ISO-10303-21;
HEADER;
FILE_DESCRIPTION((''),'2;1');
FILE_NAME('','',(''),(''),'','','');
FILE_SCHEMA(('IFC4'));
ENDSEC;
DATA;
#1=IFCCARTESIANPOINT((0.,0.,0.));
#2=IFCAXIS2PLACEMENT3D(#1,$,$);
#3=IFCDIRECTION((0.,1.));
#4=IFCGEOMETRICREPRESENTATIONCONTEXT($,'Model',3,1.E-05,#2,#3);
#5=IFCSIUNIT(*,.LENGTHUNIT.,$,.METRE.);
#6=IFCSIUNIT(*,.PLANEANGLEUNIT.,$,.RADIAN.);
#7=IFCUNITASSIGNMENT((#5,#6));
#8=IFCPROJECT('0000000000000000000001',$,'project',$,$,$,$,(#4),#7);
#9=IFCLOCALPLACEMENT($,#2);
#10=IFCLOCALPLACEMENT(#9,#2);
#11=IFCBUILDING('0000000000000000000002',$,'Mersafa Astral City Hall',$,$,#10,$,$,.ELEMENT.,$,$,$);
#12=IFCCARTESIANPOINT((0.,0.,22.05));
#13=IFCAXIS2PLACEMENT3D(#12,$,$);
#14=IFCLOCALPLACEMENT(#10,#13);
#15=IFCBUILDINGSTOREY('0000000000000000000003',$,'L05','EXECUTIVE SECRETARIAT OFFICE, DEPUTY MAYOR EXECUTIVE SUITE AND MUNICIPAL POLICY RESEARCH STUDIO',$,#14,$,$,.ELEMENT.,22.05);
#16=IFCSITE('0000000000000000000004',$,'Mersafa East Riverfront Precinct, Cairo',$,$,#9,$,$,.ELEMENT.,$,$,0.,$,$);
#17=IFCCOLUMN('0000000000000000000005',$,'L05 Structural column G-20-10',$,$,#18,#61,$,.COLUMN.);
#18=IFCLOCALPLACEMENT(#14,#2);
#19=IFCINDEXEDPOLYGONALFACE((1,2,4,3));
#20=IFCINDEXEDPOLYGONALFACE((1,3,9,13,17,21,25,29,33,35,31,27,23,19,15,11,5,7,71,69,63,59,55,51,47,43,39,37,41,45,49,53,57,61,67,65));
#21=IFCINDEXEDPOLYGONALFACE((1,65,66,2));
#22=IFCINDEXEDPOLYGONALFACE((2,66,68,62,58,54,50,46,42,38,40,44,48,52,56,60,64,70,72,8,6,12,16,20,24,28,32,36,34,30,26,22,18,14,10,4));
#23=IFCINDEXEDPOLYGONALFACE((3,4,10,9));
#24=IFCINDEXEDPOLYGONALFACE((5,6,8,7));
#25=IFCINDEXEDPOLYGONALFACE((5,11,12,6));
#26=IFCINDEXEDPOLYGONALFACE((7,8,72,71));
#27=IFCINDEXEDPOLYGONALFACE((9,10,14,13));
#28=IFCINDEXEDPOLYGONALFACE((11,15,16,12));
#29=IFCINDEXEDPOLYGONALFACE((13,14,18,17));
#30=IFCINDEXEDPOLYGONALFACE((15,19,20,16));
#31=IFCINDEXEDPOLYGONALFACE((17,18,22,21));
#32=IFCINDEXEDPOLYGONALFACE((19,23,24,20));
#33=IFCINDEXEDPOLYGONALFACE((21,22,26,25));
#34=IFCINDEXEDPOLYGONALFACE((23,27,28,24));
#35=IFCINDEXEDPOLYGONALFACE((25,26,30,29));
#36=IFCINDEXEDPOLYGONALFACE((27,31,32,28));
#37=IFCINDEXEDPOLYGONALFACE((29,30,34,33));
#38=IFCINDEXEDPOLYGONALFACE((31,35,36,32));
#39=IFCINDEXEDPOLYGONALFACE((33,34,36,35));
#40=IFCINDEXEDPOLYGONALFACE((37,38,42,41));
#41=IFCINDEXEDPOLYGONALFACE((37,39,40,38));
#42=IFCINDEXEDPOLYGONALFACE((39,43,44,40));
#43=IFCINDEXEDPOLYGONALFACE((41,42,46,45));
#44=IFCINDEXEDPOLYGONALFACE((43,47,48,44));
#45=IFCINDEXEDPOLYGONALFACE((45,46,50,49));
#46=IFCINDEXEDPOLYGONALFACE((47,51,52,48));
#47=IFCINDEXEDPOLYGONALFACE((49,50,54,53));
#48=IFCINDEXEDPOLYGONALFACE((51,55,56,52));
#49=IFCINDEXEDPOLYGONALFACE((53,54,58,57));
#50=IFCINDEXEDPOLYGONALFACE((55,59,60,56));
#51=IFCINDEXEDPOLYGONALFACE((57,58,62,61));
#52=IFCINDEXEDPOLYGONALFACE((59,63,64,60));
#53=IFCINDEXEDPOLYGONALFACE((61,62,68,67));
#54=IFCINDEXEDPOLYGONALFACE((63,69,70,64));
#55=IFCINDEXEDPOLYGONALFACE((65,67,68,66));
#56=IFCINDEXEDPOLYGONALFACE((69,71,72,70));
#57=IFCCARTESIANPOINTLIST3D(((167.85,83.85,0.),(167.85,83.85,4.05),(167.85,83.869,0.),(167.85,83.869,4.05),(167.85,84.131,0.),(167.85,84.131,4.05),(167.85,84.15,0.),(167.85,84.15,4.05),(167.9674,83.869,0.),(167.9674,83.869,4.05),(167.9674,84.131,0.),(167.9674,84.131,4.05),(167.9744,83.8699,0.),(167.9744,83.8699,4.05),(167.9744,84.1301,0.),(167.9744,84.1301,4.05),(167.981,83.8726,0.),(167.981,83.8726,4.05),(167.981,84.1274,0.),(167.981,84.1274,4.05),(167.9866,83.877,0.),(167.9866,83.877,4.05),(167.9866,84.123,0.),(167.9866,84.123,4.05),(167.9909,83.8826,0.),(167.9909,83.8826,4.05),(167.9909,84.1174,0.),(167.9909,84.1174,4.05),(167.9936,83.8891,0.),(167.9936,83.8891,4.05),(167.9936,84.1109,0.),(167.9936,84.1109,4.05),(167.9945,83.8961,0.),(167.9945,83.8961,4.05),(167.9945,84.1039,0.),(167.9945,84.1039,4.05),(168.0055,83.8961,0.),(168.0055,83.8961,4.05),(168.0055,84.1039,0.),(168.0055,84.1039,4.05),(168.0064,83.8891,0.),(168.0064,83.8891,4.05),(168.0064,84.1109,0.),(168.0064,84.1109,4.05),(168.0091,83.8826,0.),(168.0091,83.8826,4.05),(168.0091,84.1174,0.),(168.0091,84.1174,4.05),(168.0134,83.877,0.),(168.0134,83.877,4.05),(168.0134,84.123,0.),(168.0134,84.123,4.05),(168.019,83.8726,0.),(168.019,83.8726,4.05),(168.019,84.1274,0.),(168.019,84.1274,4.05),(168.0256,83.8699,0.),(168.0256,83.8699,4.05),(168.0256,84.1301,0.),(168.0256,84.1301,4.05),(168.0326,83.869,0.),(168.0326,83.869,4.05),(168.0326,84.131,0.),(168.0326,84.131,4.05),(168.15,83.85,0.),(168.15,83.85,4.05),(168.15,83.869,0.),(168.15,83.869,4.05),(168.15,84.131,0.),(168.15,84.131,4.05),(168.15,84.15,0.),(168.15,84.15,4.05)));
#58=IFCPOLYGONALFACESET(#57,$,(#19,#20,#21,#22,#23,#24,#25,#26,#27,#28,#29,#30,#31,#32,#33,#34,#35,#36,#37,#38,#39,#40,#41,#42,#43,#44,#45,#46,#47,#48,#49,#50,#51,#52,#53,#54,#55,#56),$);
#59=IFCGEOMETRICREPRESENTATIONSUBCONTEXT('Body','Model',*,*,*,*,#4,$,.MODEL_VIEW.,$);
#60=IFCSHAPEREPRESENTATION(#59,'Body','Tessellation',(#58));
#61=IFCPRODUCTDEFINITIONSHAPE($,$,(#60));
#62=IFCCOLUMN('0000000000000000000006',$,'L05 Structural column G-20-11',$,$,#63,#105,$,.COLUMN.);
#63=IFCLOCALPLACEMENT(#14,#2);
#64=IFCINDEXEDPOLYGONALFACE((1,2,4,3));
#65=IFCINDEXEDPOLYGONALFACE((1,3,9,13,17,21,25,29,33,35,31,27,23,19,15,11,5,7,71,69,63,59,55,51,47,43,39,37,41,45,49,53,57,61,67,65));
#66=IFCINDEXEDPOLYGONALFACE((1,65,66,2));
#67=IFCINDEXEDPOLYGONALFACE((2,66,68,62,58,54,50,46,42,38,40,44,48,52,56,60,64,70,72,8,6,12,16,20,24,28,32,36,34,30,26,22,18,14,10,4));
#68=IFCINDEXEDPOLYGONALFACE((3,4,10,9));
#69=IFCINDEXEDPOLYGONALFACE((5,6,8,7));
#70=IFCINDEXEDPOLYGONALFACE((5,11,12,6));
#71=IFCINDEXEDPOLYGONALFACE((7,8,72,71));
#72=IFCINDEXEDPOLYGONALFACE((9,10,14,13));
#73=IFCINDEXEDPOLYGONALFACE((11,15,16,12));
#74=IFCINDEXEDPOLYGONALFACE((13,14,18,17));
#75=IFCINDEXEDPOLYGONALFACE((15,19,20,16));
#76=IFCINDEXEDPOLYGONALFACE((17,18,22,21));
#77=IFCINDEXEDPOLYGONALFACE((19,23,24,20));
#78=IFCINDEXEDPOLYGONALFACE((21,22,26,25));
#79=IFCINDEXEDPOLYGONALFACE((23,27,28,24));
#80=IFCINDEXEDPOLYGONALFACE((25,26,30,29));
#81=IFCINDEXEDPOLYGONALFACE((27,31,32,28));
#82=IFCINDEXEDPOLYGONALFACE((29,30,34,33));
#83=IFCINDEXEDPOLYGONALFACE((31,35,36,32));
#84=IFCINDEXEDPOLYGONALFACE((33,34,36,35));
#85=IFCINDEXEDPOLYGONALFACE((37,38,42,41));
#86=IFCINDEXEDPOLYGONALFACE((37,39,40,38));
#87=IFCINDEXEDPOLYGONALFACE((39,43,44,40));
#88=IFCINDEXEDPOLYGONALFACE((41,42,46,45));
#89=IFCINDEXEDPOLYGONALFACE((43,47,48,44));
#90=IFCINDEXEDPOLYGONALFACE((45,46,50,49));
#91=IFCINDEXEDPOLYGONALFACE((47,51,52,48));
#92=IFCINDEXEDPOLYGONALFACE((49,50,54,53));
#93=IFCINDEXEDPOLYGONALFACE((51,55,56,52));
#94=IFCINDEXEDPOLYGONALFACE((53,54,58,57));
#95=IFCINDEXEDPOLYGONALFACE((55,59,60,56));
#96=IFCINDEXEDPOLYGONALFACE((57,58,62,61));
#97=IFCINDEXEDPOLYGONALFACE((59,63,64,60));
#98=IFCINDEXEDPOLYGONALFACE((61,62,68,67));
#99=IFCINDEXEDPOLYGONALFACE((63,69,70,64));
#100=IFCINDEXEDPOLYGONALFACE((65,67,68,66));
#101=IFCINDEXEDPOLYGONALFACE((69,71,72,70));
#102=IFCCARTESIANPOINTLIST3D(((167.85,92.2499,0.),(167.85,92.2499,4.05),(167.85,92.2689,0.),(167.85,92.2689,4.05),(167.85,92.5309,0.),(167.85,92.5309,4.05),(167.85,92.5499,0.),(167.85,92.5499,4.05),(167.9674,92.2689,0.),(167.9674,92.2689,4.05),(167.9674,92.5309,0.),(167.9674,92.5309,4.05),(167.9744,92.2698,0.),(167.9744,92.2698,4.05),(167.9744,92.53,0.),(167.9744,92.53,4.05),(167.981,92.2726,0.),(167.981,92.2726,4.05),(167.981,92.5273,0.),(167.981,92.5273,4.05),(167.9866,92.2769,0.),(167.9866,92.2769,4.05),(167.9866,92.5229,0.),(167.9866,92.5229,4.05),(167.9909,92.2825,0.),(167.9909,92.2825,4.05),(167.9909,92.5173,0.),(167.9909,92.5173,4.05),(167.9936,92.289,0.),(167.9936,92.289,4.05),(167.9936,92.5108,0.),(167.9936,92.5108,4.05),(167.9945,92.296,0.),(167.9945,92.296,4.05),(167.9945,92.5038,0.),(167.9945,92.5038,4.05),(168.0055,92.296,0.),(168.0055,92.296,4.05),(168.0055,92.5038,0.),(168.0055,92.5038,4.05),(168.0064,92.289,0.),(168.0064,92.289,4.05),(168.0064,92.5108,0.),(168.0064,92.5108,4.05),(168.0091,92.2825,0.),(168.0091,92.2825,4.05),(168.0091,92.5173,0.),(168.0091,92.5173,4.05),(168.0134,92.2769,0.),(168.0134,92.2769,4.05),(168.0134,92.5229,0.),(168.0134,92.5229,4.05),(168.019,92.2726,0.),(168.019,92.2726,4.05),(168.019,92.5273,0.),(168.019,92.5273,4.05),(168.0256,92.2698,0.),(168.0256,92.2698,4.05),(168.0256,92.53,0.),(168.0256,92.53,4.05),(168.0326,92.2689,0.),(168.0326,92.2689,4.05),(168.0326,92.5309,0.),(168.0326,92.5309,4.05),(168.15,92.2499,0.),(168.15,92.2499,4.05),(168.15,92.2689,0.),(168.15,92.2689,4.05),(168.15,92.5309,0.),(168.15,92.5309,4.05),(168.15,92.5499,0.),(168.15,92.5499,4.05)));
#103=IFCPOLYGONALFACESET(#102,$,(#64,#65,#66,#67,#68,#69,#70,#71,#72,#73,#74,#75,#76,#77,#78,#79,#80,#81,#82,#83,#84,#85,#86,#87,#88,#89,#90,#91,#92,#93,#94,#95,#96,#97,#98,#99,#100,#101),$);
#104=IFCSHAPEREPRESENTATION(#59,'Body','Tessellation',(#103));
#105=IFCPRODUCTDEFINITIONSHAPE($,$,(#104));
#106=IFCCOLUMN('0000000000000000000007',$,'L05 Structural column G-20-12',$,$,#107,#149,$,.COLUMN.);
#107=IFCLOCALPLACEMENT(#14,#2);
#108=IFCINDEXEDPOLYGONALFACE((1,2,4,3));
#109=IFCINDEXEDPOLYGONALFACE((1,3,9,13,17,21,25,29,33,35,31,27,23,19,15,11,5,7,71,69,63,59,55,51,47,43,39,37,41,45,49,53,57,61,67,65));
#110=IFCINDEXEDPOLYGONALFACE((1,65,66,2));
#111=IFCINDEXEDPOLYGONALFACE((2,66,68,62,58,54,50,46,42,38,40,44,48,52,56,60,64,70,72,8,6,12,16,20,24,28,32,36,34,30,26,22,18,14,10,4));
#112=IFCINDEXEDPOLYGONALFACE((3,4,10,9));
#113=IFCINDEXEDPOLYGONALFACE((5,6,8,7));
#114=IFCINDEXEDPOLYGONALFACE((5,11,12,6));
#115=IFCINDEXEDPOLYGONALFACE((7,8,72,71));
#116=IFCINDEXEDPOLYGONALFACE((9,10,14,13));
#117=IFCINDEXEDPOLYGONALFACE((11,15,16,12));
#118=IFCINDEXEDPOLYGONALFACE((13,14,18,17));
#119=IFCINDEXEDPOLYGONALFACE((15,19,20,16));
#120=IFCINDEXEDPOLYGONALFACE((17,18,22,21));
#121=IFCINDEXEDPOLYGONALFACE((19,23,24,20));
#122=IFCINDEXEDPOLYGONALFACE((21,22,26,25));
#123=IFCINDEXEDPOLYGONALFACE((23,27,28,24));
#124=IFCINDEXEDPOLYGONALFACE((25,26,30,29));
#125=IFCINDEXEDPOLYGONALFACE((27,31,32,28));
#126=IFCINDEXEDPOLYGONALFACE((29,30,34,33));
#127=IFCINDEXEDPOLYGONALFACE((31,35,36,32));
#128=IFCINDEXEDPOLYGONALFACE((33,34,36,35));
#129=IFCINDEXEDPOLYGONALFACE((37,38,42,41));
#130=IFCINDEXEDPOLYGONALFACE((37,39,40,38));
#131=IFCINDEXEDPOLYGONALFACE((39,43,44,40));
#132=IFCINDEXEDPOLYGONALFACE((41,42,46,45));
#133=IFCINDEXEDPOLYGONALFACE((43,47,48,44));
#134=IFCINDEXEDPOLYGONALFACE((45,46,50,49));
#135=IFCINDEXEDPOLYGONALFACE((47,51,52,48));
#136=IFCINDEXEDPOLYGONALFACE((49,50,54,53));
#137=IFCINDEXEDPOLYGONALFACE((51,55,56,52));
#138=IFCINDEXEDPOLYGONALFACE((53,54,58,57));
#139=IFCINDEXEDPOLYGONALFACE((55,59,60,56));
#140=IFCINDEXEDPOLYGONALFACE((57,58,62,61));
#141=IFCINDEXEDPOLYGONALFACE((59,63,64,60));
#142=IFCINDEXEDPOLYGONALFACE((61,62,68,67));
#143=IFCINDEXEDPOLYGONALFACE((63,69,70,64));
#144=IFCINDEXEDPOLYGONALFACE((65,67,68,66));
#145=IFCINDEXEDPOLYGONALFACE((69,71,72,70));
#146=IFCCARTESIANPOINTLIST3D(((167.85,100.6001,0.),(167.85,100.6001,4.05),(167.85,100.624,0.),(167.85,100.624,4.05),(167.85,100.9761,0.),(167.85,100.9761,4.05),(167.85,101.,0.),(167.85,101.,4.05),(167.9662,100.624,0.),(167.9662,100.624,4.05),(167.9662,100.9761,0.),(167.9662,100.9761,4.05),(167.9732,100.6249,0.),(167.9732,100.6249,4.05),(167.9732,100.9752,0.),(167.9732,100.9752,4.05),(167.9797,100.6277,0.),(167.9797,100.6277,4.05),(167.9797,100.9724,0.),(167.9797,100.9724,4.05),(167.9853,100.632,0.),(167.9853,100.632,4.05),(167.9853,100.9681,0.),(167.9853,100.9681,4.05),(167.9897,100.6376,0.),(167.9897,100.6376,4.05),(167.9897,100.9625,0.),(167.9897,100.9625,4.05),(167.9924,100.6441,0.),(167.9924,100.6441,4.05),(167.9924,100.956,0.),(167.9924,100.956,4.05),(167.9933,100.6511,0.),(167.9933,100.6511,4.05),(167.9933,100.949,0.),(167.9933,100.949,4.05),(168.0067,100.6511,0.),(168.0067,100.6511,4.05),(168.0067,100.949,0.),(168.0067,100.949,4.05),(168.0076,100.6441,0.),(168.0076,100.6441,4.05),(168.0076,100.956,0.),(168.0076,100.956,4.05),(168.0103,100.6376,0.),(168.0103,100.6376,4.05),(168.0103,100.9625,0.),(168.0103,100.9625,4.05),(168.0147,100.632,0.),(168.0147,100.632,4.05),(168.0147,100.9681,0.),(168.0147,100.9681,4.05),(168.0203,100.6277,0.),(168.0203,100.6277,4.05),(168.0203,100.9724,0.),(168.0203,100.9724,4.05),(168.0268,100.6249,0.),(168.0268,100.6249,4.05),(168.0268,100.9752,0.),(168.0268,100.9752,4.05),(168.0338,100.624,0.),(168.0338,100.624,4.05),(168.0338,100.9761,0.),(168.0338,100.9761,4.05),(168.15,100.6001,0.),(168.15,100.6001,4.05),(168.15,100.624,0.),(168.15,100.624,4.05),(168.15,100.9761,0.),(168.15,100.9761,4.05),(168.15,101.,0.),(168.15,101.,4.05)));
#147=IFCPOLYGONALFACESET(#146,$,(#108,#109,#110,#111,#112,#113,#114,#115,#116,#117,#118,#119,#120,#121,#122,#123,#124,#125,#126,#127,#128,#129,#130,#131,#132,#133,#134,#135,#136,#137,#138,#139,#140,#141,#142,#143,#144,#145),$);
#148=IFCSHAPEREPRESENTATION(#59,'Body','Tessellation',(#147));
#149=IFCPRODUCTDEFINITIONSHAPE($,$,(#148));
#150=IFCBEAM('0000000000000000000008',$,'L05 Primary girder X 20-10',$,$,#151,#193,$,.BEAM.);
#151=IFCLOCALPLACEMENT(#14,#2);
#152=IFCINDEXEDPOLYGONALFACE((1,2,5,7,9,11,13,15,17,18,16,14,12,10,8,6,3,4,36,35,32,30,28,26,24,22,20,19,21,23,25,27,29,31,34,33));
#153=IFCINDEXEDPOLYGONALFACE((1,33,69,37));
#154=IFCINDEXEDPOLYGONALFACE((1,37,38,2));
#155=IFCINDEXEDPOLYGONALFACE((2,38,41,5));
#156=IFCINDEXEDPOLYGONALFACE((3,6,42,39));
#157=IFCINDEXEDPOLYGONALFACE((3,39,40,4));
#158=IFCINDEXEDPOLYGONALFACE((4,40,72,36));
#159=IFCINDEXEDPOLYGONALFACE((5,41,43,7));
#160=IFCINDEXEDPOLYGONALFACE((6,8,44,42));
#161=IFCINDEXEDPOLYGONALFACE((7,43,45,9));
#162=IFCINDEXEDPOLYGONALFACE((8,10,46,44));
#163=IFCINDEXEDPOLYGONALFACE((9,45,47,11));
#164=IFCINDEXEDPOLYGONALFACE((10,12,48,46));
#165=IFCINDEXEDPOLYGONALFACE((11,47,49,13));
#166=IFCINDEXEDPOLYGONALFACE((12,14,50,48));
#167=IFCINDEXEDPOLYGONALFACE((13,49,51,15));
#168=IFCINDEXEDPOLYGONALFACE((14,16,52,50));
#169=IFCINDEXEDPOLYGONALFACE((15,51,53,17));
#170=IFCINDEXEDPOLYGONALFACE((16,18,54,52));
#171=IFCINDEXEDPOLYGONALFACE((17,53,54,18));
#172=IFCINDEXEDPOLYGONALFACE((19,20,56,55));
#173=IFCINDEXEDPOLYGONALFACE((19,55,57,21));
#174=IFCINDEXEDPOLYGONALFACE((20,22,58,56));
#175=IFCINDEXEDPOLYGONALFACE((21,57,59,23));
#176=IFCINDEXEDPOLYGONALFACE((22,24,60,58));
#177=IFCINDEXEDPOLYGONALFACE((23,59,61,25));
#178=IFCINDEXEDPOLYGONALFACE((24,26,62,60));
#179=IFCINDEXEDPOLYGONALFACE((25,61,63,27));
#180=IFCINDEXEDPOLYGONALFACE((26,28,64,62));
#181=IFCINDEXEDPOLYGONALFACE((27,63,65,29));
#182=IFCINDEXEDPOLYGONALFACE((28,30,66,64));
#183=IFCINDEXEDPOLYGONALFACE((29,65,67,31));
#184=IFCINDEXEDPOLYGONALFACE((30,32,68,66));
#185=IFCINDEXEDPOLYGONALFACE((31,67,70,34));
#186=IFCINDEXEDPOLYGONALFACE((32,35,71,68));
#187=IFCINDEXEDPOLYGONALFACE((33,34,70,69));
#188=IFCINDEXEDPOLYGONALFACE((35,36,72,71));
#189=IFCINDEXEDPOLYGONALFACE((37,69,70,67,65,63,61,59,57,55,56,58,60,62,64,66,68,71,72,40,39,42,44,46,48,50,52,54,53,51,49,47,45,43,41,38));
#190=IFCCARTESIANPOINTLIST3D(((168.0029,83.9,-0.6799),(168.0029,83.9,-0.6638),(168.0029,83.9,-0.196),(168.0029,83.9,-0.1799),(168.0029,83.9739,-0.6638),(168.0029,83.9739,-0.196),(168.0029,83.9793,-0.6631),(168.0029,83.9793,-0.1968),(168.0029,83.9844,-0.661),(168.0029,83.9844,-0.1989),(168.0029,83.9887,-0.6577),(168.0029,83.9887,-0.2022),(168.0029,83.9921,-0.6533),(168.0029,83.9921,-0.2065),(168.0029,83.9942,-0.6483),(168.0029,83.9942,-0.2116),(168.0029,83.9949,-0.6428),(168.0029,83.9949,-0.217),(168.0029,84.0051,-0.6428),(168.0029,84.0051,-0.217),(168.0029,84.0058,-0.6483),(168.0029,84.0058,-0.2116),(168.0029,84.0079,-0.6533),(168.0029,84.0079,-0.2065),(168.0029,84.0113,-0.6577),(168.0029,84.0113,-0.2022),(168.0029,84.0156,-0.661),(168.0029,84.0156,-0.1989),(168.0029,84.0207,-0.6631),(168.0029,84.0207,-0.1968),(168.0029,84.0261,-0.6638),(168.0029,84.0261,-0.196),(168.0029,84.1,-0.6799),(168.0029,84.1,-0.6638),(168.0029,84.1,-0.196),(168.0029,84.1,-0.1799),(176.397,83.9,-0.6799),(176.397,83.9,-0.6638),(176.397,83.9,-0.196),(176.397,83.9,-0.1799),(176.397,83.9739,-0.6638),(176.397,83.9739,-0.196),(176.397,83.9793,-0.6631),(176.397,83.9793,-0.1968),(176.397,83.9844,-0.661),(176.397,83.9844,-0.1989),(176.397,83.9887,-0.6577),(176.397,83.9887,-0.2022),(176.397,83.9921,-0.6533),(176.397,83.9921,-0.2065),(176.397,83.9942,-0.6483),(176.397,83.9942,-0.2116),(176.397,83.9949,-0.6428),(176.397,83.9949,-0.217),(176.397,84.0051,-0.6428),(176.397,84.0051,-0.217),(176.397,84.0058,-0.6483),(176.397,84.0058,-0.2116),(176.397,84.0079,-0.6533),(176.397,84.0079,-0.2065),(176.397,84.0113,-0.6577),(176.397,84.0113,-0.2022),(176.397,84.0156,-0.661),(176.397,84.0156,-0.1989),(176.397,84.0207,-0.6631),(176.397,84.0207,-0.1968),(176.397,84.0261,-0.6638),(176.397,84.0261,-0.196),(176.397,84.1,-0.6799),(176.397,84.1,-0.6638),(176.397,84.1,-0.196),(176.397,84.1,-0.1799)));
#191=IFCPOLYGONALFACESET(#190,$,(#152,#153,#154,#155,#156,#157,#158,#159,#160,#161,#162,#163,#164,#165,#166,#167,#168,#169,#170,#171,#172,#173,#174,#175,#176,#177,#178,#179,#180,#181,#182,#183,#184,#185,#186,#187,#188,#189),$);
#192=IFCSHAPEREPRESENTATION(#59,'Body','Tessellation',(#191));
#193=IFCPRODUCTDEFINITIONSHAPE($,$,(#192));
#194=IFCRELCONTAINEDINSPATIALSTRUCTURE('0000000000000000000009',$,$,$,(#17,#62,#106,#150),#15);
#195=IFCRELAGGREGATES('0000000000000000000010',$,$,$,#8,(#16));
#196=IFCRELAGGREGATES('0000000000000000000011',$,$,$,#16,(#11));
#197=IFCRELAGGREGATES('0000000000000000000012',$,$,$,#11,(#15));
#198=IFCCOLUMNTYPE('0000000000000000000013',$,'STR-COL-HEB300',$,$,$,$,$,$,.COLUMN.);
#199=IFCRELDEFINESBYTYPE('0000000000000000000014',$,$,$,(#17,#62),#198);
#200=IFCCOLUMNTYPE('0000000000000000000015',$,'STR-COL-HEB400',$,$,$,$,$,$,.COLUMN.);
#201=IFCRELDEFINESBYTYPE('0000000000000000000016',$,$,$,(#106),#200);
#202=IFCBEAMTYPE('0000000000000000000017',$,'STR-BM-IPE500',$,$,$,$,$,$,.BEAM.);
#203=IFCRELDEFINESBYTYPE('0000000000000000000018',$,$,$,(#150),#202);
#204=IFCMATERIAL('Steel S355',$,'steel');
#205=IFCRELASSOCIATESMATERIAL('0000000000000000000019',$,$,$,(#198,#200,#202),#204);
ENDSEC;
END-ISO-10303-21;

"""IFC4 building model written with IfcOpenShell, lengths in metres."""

from ifc_helpers import new_model, si_unit, direction, frame, origin, origin_2d, place, context, subcontext, project, spatial, i_section, extrude, material, material_profile, profile_set, type_object, element, save


model = new_model("IFC4")

# Units and contexts
model_context = context("Model", 3, precision=1e-05, world=origin(), true_north=direction((0.0, 1.0)))
body_context = subcontext(model_context, "Body", "Model", "MODEL_VIEW")
ifc_project = project(units=[si_unit("LENGTHUNIT", "METRE"), si_unit("PLANEANGLEUNIT", "RADIAN")], contexts=[model_context])

# Site, building, storey
site_placement = place(None, origin())
site = spatial("IfcSite", under=ifc_project, at=site_placement, Name="Mersafa East Riverfront Precinct, Cairo", CompositionType="ELEMENT", RefElevation=0.0)
building_placement = place(site_placement, origin())
building = spatial("IfcBuilding", under=site, at=building_placement, Name="Mersafa Astral City Hall", CompositionType="ELEMENT")
storey_placement = place(building_placement, frame((0.0, 0.0, 22.05)))
storey = spatial("IfcBuildingStorey", under=building, at=storey_placement, Name="L05", Description="EXECUTIVE SECRETARIAT OFFICE, DEPUTY MAYOR EXECUTIVE SUITE AND MUNICIPAL POLICY RESEARCH STUDIO", CompositionType="ELEMENT", Elevation=22.05)

# Columns
ifc_material_1 = material(Name="Steel S355", Category="steel")
ifc_material_profile_1 = material_profile(ifc_material_1, i_section(OverallWidth=0.3, OverallDepth=0.3, WebThickness=0.011, FlangeThickness=0.019, FilletRadius=0.0271, at=origin_2d()), Name="HEB 300")
ifc_profile_set_1 = profile_set([ifc_material_profile_1], Name="Steel S355")
column_type_1 = type_object("IfcColumnType", Name="STR-COL-HEB300", PredefinedType="COLUMN", material=ifc_profile_set_1)
for number, where, z_axis, x_axis, name in (
    (1, (168.0, 84.0, 0.0), (0.0, 0.0, 1.0), (1.0, 0.0, 0.0), "L05 Structural column G-20-10"),
    (2, (168.0, 92.3999, 0.0), (0.0, 0.0, 1.0), (1.0, 0.0, 0.0), "L05 Structural column G-20-11"),
):
    element("IfcColumn", number, at=place(storey_placement, frame(where, z_axis=z_axis, x_axis=x_axis)), inside=storey, type_object=column_type_1, Name=name, PredefinedType="COLUMN", context=body_context, shape_type="SweptSolid", body=[
        extrude(i_section(OverallWidth=0.3, OverallDepth=0.3, WebThickness=0.011, FlangeThickness=0.019, FilletRadius=0.0271, at=origin_2d()), origin(), (0.0, 0.0, 1.0), 4.05),
    ])
ifc_material_profile_2 = material_profile(ifc_material_1, i_section(OverallWidth=0.3, OverallDepth=0.3999, WebThickness=0.0134, FlangeThickness=0.0239, FilletRadius=0.0271, at=origin_2d()), Name="HEB 400")
ifc_profile_set_2 = profile_set([ifc_material_profile_2], Name="Steel S355")
column_type_2 = type_object("IfcColumnType", Name="STR-COL-HEB400", PredefinedType="COLUMN", material=ifc_profile_set_2)
column_placement = place(storey_placement, frame((168.0, 100.8, 0.0), z_axis=(0.0, 0.0, 1.0), x_axis=(1.0, 0.0, 0.0)))
element("IfcColumn", 3, at=column_placement, inside=storey, type_object=column_type_2, Name="L05 Structural column G-20-12", PredefinedType="COLUMN", context=body_context, shape_type="SweptSolid", body=[
    extrude(i_section(OverallWidth=0.3, OverallDepth=0.3999, WebThickness=0.0134, FlangeThickness=0.0239, FilletRadius=0.0271, at=origin_2d()), origin(), (0.0, 0.0, 1.0), 4.05),
])

# Beam
ifc_material_profile_3 = material_profile(ifc_material_1, i_section(OverallWidth=0.2, OverallDepth=0.5, WebThickness=0.0103, FlangeThickness=0.0161, FilletRadius=0.021, at=origin_2d()), Name="IPE 500")
ifc_profile_set_3 = profile_set([ifc_material_profile_3], Name="Steel S355")
beam_type_1 = type_object("IfcBeamType", Name="STR-BM-IPE500", PredefinedType="BEAM", material=ifc_profile_set_3)
beam_1_placement = place(storey_placement, frame((168.0029, 84.0, -0.4299), z_axis=(1.0, 0.0, 0.0), x_axis=(0.0, 1.0, 0.0)))
element("IfcBeam", 4, at=beam_1_placement, inside=storey, type_object=beam_type_1, Name="L05 Primary girder X 20-10", PredefinedType="BEAM", context=body_context, shape_type="SweptSolid", body=[
    extrude(i_section(OverallWidth=0.2, OverallDepth=0.5, WebThickness=0.0103, FlangeThickness=0.0161, FilletRadius=0.021, at=origin_2d()), origin(), (0.0, 0.0, 1.0), 8.394),
])

save(model, "model.ifc")
